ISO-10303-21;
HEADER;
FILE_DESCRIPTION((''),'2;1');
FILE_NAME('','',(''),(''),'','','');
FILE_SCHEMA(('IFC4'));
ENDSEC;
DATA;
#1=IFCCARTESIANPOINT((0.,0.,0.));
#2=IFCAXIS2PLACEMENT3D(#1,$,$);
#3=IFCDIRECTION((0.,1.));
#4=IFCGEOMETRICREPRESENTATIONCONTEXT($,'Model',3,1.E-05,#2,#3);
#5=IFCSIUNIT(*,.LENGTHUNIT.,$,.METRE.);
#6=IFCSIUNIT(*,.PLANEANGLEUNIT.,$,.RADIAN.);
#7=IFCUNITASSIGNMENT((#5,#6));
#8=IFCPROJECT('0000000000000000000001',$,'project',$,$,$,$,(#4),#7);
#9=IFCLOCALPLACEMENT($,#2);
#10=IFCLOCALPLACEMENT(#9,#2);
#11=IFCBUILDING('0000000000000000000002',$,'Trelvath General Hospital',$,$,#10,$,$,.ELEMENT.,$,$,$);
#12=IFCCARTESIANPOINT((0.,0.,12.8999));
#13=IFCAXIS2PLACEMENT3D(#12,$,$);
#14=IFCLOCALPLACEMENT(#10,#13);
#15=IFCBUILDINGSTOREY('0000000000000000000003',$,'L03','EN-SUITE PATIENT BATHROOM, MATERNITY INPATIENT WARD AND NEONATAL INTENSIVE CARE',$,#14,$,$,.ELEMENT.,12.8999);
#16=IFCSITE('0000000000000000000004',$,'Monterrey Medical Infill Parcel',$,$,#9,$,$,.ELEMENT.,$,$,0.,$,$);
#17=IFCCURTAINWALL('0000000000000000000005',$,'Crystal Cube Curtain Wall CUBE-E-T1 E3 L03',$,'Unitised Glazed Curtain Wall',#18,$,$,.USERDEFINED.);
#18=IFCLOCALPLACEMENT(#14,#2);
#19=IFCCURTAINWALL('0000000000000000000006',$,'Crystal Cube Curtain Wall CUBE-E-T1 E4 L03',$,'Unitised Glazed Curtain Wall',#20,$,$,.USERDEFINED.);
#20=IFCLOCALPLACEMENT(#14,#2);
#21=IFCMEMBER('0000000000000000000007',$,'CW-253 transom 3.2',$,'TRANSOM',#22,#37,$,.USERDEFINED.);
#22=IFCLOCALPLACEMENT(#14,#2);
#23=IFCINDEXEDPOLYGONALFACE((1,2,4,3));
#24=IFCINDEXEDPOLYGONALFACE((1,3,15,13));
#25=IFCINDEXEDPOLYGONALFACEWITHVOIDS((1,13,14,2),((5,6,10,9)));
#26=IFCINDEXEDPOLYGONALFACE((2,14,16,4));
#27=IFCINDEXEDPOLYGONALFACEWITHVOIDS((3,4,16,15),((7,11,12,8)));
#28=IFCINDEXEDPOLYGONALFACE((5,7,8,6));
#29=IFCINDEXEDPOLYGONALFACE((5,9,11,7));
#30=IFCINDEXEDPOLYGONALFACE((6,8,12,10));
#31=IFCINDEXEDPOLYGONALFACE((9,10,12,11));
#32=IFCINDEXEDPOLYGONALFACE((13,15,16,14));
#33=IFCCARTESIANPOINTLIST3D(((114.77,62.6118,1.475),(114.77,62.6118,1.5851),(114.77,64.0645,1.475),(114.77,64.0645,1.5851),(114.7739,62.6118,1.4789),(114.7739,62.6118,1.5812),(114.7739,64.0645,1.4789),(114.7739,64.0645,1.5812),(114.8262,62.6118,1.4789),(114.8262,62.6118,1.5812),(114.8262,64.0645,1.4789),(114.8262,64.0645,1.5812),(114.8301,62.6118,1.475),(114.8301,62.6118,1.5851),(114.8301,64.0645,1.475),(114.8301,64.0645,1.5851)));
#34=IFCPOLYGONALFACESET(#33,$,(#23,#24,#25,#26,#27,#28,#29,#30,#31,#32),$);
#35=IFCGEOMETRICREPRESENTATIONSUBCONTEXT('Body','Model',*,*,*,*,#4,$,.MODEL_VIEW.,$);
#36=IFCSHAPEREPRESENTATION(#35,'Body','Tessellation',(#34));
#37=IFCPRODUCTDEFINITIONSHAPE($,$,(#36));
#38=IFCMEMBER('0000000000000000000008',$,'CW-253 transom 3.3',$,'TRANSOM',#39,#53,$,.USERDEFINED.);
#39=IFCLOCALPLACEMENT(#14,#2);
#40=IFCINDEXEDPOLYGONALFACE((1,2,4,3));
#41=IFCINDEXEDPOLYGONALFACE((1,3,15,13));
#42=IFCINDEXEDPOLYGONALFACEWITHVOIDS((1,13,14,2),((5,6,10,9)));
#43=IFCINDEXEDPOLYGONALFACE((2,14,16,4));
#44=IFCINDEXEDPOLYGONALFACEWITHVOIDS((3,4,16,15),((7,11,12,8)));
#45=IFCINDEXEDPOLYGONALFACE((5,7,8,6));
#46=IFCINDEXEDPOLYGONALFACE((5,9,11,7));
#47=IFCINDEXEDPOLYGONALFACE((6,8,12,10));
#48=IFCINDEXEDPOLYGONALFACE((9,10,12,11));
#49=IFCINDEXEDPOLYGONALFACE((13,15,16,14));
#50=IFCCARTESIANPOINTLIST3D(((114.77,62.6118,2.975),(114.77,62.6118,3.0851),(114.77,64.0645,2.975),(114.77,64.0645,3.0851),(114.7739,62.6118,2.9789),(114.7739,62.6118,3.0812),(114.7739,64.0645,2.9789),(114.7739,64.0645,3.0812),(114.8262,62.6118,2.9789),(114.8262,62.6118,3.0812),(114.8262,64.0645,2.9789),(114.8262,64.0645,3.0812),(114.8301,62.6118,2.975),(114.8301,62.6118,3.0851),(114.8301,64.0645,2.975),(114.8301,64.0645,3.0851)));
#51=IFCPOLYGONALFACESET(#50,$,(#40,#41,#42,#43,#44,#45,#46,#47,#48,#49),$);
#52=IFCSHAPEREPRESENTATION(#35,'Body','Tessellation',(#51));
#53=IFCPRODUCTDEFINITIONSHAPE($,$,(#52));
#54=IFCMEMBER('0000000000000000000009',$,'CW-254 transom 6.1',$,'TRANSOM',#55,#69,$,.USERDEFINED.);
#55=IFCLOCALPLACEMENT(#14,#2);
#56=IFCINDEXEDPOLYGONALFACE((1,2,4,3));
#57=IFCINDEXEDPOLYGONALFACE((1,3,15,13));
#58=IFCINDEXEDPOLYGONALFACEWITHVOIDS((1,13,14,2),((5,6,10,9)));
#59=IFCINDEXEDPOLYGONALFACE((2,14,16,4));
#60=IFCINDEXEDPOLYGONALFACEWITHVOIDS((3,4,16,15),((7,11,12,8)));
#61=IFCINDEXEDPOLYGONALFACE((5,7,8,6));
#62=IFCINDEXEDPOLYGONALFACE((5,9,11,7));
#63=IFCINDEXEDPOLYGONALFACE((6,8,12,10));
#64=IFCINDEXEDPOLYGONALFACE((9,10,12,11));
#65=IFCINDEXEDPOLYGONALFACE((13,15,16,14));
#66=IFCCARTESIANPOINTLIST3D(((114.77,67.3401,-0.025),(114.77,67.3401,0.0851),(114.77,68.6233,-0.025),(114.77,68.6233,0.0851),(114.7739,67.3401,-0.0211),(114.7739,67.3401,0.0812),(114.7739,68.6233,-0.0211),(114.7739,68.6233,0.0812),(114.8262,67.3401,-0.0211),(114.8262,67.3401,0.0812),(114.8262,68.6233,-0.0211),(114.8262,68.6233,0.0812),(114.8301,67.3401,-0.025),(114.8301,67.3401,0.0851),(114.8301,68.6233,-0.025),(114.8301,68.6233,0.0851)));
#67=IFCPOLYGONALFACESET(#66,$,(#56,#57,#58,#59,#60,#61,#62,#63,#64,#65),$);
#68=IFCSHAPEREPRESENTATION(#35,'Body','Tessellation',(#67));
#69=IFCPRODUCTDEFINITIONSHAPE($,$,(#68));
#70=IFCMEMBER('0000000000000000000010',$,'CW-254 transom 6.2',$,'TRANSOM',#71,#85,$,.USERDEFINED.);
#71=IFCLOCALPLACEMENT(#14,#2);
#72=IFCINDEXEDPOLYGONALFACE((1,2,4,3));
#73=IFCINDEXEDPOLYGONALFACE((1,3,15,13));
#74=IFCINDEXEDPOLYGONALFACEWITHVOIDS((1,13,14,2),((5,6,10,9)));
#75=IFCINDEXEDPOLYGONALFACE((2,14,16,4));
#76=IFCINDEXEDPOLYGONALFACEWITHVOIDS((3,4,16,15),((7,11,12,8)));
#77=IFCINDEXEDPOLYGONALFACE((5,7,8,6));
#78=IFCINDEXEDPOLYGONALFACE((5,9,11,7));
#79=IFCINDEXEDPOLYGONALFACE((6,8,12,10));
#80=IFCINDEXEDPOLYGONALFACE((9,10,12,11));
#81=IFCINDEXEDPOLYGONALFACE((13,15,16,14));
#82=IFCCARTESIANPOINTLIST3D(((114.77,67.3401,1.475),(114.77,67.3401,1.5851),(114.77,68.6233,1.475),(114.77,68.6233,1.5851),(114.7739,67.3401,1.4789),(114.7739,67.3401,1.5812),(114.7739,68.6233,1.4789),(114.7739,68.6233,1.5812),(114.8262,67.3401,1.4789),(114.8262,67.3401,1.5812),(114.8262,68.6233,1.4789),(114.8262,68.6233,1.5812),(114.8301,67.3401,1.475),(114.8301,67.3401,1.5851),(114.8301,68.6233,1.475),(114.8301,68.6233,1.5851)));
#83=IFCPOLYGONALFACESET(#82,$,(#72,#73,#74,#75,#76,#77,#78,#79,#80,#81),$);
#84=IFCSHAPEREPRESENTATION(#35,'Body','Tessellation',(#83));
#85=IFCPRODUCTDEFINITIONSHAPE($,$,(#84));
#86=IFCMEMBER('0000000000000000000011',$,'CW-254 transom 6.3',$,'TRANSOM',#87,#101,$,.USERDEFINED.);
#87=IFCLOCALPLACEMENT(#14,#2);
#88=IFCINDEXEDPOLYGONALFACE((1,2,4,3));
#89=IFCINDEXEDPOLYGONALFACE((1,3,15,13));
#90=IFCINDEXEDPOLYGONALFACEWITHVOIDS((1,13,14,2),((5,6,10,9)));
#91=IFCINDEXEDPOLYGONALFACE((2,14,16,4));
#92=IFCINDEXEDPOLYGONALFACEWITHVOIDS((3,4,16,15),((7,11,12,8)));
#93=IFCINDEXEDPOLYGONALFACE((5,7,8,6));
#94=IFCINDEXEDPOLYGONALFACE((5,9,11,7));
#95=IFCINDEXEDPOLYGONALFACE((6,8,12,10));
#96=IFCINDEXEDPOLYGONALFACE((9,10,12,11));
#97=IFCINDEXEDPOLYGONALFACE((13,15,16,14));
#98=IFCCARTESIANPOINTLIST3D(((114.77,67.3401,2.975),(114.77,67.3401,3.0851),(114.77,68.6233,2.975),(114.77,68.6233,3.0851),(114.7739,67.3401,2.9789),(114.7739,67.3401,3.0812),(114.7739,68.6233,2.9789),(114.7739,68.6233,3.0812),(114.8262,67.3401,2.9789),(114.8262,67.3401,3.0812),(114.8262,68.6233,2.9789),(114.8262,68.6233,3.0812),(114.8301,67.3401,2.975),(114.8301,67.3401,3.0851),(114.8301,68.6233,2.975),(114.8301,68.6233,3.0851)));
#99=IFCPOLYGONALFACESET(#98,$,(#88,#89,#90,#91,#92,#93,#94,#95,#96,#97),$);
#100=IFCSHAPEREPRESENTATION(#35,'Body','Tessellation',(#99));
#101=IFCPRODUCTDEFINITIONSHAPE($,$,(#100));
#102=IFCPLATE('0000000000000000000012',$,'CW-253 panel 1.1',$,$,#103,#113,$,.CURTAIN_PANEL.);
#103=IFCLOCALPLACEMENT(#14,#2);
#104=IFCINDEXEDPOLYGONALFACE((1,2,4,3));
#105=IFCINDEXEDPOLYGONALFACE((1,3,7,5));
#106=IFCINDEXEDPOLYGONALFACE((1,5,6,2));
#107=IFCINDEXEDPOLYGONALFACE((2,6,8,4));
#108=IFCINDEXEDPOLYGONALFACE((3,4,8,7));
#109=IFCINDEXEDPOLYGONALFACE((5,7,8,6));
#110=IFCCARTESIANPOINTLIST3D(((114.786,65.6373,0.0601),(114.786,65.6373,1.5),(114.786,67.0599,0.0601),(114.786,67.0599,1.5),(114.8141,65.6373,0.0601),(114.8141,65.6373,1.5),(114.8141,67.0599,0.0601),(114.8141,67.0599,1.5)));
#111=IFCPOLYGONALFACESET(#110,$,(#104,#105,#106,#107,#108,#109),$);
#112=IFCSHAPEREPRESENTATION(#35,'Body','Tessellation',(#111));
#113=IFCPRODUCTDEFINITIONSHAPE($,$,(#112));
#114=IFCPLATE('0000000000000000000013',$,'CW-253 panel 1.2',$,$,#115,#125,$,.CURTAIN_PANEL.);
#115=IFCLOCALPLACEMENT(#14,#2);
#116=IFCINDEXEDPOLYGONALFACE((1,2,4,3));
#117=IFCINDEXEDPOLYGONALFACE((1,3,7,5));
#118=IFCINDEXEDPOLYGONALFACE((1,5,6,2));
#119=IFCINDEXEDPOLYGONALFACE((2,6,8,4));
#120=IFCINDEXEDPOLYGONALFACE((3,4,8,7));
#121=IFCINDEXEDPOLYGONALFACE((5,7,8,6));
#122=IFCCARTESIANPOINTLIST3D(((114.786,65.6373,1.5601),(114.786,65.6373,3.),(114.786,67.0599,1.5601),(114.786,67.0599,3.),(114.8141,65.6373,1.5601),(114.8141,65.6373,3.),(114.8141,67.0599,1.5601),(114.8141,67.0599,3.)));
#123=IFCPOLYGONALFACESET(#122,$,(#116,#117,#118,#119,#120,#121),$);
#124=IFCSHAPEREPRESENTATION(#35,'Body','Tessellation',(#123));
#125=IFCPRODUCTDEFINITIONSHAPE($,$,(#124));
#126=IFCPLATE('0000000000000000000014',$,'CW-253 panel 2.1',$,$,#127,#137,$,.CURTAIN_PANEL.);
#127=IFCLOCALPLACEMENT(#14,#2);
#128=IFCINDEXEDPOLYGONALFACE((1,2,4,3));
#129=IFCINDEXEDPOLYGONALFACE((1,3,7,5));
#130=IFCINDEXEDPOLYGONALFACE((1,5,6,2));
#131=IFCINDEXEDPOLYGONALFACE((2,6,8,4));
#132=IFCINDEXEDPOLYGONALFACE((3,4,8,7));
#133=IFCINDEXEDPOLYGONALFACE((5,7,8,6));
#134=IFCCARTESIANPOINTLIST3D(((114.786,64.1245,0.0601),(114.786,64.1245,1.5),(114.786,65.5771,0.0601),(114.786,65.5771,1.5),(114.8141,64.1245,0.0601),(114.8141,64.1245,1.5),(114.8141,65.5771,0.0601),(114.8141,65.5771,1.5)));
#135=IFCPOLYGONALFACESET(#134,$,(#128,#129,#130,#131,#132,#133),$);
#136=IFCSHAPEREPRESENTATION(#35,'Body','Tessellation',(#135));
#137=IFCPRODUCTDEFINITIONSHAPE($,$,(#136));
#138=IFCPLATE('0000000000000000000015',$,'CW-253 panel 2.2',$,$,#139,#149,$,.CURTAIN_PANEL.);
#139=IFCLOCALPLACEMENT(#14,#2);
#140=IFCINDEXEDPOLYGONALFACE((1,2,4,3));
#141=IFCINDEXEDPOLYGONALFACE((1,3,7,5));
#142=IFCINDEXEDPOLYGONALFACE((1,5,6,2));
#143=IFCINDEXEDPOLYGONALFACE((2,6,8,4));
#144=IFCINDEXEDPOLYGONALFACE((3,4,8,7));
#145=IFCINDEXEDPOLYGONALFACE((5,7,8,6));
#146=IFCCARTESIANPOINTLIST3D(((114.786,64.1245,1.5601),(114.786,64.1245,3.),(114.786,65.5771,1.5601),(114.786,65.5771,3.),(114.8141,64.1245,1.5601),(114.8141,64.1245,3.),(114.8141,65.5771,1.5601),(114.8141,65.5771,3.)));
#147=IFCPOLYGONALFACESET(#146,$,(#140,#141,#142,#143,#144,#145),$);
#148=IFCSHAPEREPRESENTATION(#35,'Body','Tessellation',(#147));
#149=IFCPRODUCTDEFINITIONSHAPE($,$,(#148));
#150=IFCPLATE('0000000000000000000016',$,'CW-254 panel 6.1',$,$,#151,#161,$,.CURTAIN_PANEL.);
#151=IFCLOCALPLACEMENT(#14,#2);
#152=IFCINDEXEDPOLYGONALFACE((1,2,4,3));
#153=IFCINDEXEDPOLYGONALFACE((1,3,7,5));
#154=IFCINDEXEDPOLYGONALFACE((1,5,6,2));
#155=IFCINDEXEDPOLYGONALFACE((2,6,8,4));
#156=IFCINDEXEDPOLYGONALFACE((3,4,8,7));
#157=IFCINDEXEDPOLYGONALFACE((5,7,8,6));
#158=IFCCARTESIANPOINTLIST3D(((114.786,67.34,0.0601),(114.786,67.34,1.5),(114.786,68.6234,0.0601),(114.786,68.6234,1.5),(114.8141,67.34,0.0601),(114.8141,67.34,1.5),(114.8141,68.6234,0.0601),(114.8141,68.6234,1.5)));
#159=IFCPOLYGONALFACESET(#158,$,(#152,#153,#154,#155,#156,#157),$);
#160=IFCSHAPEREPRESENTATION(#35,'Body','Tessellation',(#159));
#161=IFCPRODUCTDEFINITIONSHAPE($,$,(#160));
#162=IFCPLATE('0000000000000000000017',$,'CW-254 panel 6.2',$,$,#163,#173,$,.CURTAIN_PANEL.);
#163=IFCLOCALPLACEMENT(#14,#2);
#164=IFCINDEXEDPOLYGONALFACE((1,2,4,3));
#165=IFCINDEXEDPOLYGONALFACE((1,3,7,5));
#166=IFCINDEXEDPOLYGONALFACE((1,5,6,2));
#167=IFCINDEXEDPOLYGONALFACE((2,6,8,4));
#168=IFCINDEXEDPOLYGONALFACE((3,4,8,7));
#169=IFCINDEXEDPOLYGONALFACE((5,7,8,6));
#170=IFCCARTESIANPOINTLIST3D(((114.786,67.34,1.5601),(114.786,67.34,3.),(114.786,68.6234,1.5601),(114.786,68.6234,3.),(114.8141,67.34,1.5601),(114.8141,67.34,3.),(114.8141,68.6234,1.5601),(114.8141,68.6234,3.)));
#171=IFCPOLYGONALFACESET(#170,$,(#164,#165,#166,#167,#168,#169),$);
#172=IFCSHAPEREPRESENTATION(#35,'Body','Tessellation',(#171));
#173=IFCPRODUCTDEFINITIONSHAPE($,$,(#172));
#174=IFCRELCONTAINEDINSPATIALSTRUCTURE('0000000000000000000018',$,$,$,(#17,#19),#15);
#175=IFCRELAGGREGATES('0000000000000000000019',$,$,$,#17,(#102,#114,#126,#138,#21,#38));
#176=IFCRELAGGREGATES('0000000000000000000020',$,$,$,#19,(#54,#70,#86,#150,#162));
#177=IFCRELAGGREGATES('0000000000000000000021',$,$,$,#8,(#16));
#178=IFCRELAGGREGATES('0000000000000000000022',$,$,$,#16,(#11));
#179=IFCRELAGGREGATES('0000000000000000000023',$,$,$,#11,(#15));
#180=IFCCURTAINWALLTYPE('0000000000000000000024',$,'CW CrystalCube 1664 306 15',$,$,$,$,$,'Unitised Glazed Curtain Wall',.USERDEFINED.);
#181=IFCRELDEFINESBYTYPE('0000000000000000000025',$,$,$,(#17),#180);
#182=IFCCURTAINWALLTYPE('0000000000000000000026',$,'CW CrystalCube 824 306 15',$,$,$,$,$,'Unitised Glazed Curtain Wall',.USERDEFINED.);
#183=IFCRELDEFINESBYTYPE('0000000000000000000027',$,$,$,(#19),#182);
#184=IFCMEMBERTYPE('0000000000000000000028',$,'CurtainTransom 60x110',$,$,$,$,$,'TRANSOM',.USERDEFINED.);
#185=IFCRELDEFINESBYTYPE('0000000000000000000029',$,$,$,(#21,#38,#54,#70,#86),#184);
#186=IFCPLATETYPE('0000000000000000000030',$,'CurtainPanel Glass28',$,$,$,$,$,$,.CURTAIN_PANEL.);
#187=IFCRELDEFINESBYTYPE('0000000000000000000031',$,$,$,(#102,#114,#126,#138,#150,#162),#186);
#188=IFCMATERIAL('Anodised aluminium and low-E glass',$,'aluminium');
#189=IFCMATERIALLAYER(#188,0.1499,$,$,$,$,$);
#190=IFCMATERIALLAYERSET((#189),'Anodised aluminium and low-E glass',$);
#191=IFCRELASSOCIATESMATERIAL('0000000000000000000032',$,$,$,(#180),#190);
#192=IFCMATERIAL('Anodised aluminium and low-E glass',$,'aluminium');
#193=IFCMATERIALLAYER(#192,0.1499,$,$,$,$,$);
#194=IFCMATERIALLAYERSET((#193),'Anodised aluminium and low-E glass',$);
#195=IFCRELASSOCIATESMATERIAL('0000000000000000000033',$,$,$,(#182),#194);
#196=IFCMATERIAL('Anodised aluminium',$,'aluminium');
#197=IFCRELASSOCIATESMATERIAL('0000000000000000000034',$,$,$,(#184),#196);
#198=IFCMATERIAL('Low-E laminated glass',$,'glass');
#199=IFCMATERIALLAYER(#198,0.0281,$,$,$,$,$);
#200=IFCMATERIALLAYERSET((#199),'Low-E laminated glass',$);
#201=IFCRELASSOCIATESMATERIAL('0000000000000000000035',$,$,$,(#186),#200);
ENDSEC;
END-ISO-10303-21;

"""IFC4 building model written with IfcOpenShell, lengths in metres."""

from ifc_helpers import new_model, si_unit, direction, frame, origin, origin_2d, place, context, subcontext, project, spatial, rectangle, hollow_rectangle, extrude, material, layer, layer_set, material_profile, profile_set, type_object, element, aggregate, save


model = new_model("IFC4")

# Units and contexts
model_context = context("Model", 3, precision=1e-05, world=origin(), true_north=direction((0.0, 1.0)))
body_context = subcontext(model_context, "Body", "Model", "MODEL_VIEW")
ifc_project = project(units=[si_unit("LENGTHUNIT", "METRE"), si_unit("PLANEANGLEUNIT", "RADIAN")], contexts=[model_context])

# Site, building, storey
site_placement = place(None, origin())
site = spatial("IfcSite", under=ifc_project, at=site_placement, Name="Monterrey Medical Infill Parcel", CompositionType="ELEMENT", RefElevation=0.0)
building_placement = place(site_placement, origin())
building = spatial("IfcBuilding", under=site, at=building_placement, Name="Trelvath General Hospital", CompositionType="ELEMENT")
storey_placement = place(building_placement, frame((0.0, 0.0, 12.8999)))
storey = spatial("IfcBuildingStorey", under=building, at=storey_placement, Name="L03", Description="EN-SUITE PATIENT BATHROOM, MATERNITY INPATIENT WARD AND NEONATAL INTENSIVE CARE", CompositionType="ELEMENT", Elevation=12.8999)

# Curtain wall
ifc_material_1 = material(Name="Anodised aluminium and low-E glass", Category="aluminium")
ifc_layer_1 = layer(ifc_material_1, 0.1499)
ifc_layer_set_1 = layer_set([ifc_layer_1], Name="Anodised aluminium and low-E glass")
curtain_wall_type_1 = type_object("IfcCurtainWallType", Name="CW CrystalCube 1664 306 15", ElementType="Unitised Glazed Curtain Wall", PredefinedType="USERDEFINED", material=ifc_layer_set_1)
curtain_wall_1_placement = place(storey_placement, origin())
curtain_wall_1 = element("IfcCurtainWall", 1, at=curtain_wall_1_placement, inside=storey, type_object=curtain_wall_type_1, Name="Crystal Cube Curtain Wall CUBE-E-T1 E3 L03", ObjectType="Unitised Glazed Curtain Wall", PredefinedType="USERDEFINED")

# Curtain wall
ifc_material_2 = material(Name="Anodised aluminium and low-E glass", Category="aluminium")
ifc_layer_2 = layer(ifc_material_2, 0.1499)
ifc_layer_set_2 = layer_set([ifc_layer_2], Name="Anodised aluminium and low-E glass")
curtain_wall_type_2 = type_object("IfcCurtainWallType", Name="CW CrystalCube 824 306 15", ElementType="Unitised Glazed Curtain Wall", PredefinedType="USERDEFINED", material=ifc_layer_set_2)
curtain_wall_2_placement = place(storey_placement, origin())
curtain_wall_2 = element("IfcCurtainWall", 2, at=curtain_wall_2_placement, inside=storey, type_object=curtain_wall_type_2, Name="Crystal Cube Curtain Wall CUBE-E-T1 E4 L03", ObjectType="Unitised Glazed Curtain Wall", PredefinedType="USERDEFINED")

# Members
ifc_material_3 = material(Name="Anodised aluminium", Category="aluminium")
ifc_material_profile_1 = material_profile(ifc_material_3, hollow_rectangle(XDim=0.0601, YDim=0.1101, WallThickness=0.0039, at=origin_2d()), Name="RHS60x110x4")
ifc_profile_set_1 = profile_set([ifc_material_profile_1], Name="Anodised aluminium")
member_type_1 = type_object("IfcMemberType", Name="CurtainTransom 60x110", ElementType="TRANSOM", PredefinedType="USERDEFINED", material=ifc_profile_set_1)
member_1_placement = place(storey_placement, frame((114.8, 64.0645, 1.53), z_axis=(0.0, -1.0, 0.0), x_axis=(1.0, 0.0, 0.0)))
member_1 = element("IfcMember", 3, at=member_1_placement, type_object=member_type_1, Name="CW-253 transom 3.2", ObjectType="TRANSOM", PredefinedType="USERDEFINED", context=body_context, shape_type="SweptSolid", body=[
    extrude(hollow_rectangle(XDim=0.0601, YDim=0.1101, WallThickness=0.0039, at=origin_2d()), origin(), (0.0, 0.0, 1.0), 1.4526),
])
member_2_placement = place(storey_placement, frame((114.8, 64.0645, 3.03), z_axis=(0.0, -1.0, 0.0), x_axis=(1.0, 0.0, 0.0)))
member_2 = element("IfcMember", 4, at=member_2_placement, type_object=member_type_1, Name="CW-253 transom 3.3", ObjectType="TRANSOM", PredefinedType="USERDEFINED", context=body_context, shape_type="SweptSolid", body=[
    extrude(hollow_rectangle(XDim=0.0601, YDim=0.1101, WallThickness=0.0039, at=origin_2d()), origin(), (0.0, 0.0, 1.0), 1.4526),
])
member_3_placement = place(storey_placement, frame((114.8, 68.6233, 0.03), z_axis=(0.0, -1.0, 0.0), x_axis=(1.0, 0.0, 0.0)))
member_3 = element("IfcMember", 5, at=member_3_placement, type_object=member_type_1, Name="CW-254 transom 6.1", ObjectType="TRANSOM", PredefinedType="USERDEFINED", context=body_context, shape_type="SweptSolid", body=[
    extrude(hollow_rectangle(XDim=0.0601, YDim=0.1101, WallThickness=0.0039, at=origin_2d()), origin(), (0.0, 0.0, 1.0), 1.2832),
])
member_4_placement = place(storey_placement, frame((114.8, 68.6233, 1.53), z_axis=(0.0, -1.0, 0.0), x_axis=(1.0, 0.0, 0.0)))
member_4 = element("IfcMember", 6, at=member_4_placement, type_object=member_type_1, Name="CW-254 transom 6.2", ObjectType="TRANSOM", PredefinedType="USERDEFINED", context=body_context, shape_type="SweptSolid", body=[
    extrude(hollow_rectangle(XDim=0.0601, YDim=0.1101, WallThickness=0.0039, at=origin_2d()), origin(), (0.0, 0.0, 1.0), 1.2832),
])
member_5_placement = place(storey_placement, frame((114.8, 68.6233, 3.03), z_axis=(0.0, -1.0, 0.0), x_axis=(1.0, 0.0, 0.0)))
member_5 = element("IfcMember", 7, at=member_5_placement, type_object=member_type_1, Name="CW-254 transom 6.3", ObjectType="TRANSOM", PredefinedType="USERDEFINED", context=body_context, shape_type="SweptSolid", body=[
    extrude(hollow_rectangle(XDim=0.0601, YDim=0.1101, WallThickness=0.0039, at=origin_2d()), origin(), (0.0, 0.0, 1.0), 1.2832),
])

# Plates
ifc_material_4 = material(Name="Low-E laminated glass", Category="glass")
ifc_layer_3 = layer(ifc_material_4, 0.0281)
ifc_layer_set_3 = layer_set([ifc_layer_3], Name="Low-E laminated glass")
plate_type = type_object("IfcPlateType", Name="CurtainPanel Glass28", PredefinedType="CURTAIN_PANEL", material=ifc_layer_set_3)
plate_1_placement = place(storey_placement, frame((114.8, 66.3486, 0.0601), z_axis=(0.0, 0.0, 1.0), x_axis=(0.0, -1.0, 0.0)))
plate_1 = element("IfcPlate", 8, at=plate_1_placement, type_object=plate_type, Name="CW-253 panel 1.1", PredefinedType="CURTAIN_PANEL", context=body_context, shape_type="SweptSolid", body=[
    extrude(rectangle(XDim=1.4226, YDim=0.0281, at=origin_2d()), origin(), (0.0, 0.0, 1.0), 1.4399),
])
plate_2_placement = place(storey_placement, frame((114.8, 66.3486, 1.5601), z_axis=(0.0, 0.0, 1.0), x_axis=(0.0, -1.0, 0.0)))
plate_2 = element("IfcPlate", 9, at=plate_2_placement, type_object=plate_type, Name="CW-253 panel 1.2", PredefinedType="CURTAIN_PANEL", context=body_context, shape_type="SweptSolid", body=[
    extrude(rectangle(XDim=1.4226, YDim=0.0281, at=origin_2d()), origin(), (0.0, 0.0, 1.0), 1.4399),
])
plate_3_placement = place(storey_placement, frame((114.8, 64.8508, 0.0601), z_axis=(0.0, 0.0, 1.0), x_axis=(0.0, -1.0, 0.0)))
plate_3 = element("IfcPlate", 10, at=plate_3_placement, type_object=plate_type, Name="CW-253 panel 2.1", PredefinedType="CURTAIN_PANEL", context=body_context, shape_type="SweptSolid", body=[
    extrude(rectangle(XDim=1.4526, YDim=0.0281, at=origin_2d()), origin(), (0.0, 0.0, 1.0), 1.4399),
])
plate_4_placement = place(storey_placement, frame((114.8, 64.8508, 1.5601), z_axis=(0.0, 0.0, 1.0), x_axis=(0.0, -1.0, 0.0)))
plate_4 = element("IfcPlate", 11, at=plate_4_placement, type_object=plate_type, Name="CW-253 panel 2.2", PredefinedType="CURTAIN_PANEL", context=body_context, shape_type="SweptSolid", body=[
    extrude(rectangle(XDim=1.4526, YDim=0.0281, at=origin_2d()), origin(), (0.0, 0.0, 1.0), 1.4399),
])
aggregate(curtain_wall_1, [plate_1, plate_2, plate_3, plate_4, member_1, member_2])
plate_5_placement = place(storey_placement, frame((114.8, 67.9817, 0.0601), z_axis=(0.0, 0.0, 1.0), x_axis=(0.0, -1.0, 0.0)))
plate_5 = element("IfcPlate", 12, at=plate_5_placement, type_object=plate_type, Name="CW-254 panel 6.1", PredefinedType="CURTAIN_PANEL", context=body_context, shape_type="SweptSolid", body=[
    extrude(rectangle(XDim=1.2834, YDim=0.0281, at=origin_2d()), origin(), (0.0, 0.0, 1.0), 1.4399),
])
plate_6_placement = place(storey_placement, frame((114.8, 67.9817, 1.5601), z_axis=(0.0, 0.0, 1.0), x_axis=(0.0, -1.0, 0.0)))
plate_6 = element("IfcPlate", 13, at=plate_6_placement, type_object=plate_type, Name="CW-254 panel 6.2", PredefinedType="CURTAIN_PANEL", context=body_context, shape_type="SweptSolid", body=[
    extrude(rectangle(XDim=1.2834, YDim=0.0281, at=origin_2d()), origin(), (0.0, 0.0, 1.0), 1.4399),
])
aggregate(curtain_wall_2, [member_3, member_4, member_5, plate_5, plate_6])

save(model, "model.ifc")
